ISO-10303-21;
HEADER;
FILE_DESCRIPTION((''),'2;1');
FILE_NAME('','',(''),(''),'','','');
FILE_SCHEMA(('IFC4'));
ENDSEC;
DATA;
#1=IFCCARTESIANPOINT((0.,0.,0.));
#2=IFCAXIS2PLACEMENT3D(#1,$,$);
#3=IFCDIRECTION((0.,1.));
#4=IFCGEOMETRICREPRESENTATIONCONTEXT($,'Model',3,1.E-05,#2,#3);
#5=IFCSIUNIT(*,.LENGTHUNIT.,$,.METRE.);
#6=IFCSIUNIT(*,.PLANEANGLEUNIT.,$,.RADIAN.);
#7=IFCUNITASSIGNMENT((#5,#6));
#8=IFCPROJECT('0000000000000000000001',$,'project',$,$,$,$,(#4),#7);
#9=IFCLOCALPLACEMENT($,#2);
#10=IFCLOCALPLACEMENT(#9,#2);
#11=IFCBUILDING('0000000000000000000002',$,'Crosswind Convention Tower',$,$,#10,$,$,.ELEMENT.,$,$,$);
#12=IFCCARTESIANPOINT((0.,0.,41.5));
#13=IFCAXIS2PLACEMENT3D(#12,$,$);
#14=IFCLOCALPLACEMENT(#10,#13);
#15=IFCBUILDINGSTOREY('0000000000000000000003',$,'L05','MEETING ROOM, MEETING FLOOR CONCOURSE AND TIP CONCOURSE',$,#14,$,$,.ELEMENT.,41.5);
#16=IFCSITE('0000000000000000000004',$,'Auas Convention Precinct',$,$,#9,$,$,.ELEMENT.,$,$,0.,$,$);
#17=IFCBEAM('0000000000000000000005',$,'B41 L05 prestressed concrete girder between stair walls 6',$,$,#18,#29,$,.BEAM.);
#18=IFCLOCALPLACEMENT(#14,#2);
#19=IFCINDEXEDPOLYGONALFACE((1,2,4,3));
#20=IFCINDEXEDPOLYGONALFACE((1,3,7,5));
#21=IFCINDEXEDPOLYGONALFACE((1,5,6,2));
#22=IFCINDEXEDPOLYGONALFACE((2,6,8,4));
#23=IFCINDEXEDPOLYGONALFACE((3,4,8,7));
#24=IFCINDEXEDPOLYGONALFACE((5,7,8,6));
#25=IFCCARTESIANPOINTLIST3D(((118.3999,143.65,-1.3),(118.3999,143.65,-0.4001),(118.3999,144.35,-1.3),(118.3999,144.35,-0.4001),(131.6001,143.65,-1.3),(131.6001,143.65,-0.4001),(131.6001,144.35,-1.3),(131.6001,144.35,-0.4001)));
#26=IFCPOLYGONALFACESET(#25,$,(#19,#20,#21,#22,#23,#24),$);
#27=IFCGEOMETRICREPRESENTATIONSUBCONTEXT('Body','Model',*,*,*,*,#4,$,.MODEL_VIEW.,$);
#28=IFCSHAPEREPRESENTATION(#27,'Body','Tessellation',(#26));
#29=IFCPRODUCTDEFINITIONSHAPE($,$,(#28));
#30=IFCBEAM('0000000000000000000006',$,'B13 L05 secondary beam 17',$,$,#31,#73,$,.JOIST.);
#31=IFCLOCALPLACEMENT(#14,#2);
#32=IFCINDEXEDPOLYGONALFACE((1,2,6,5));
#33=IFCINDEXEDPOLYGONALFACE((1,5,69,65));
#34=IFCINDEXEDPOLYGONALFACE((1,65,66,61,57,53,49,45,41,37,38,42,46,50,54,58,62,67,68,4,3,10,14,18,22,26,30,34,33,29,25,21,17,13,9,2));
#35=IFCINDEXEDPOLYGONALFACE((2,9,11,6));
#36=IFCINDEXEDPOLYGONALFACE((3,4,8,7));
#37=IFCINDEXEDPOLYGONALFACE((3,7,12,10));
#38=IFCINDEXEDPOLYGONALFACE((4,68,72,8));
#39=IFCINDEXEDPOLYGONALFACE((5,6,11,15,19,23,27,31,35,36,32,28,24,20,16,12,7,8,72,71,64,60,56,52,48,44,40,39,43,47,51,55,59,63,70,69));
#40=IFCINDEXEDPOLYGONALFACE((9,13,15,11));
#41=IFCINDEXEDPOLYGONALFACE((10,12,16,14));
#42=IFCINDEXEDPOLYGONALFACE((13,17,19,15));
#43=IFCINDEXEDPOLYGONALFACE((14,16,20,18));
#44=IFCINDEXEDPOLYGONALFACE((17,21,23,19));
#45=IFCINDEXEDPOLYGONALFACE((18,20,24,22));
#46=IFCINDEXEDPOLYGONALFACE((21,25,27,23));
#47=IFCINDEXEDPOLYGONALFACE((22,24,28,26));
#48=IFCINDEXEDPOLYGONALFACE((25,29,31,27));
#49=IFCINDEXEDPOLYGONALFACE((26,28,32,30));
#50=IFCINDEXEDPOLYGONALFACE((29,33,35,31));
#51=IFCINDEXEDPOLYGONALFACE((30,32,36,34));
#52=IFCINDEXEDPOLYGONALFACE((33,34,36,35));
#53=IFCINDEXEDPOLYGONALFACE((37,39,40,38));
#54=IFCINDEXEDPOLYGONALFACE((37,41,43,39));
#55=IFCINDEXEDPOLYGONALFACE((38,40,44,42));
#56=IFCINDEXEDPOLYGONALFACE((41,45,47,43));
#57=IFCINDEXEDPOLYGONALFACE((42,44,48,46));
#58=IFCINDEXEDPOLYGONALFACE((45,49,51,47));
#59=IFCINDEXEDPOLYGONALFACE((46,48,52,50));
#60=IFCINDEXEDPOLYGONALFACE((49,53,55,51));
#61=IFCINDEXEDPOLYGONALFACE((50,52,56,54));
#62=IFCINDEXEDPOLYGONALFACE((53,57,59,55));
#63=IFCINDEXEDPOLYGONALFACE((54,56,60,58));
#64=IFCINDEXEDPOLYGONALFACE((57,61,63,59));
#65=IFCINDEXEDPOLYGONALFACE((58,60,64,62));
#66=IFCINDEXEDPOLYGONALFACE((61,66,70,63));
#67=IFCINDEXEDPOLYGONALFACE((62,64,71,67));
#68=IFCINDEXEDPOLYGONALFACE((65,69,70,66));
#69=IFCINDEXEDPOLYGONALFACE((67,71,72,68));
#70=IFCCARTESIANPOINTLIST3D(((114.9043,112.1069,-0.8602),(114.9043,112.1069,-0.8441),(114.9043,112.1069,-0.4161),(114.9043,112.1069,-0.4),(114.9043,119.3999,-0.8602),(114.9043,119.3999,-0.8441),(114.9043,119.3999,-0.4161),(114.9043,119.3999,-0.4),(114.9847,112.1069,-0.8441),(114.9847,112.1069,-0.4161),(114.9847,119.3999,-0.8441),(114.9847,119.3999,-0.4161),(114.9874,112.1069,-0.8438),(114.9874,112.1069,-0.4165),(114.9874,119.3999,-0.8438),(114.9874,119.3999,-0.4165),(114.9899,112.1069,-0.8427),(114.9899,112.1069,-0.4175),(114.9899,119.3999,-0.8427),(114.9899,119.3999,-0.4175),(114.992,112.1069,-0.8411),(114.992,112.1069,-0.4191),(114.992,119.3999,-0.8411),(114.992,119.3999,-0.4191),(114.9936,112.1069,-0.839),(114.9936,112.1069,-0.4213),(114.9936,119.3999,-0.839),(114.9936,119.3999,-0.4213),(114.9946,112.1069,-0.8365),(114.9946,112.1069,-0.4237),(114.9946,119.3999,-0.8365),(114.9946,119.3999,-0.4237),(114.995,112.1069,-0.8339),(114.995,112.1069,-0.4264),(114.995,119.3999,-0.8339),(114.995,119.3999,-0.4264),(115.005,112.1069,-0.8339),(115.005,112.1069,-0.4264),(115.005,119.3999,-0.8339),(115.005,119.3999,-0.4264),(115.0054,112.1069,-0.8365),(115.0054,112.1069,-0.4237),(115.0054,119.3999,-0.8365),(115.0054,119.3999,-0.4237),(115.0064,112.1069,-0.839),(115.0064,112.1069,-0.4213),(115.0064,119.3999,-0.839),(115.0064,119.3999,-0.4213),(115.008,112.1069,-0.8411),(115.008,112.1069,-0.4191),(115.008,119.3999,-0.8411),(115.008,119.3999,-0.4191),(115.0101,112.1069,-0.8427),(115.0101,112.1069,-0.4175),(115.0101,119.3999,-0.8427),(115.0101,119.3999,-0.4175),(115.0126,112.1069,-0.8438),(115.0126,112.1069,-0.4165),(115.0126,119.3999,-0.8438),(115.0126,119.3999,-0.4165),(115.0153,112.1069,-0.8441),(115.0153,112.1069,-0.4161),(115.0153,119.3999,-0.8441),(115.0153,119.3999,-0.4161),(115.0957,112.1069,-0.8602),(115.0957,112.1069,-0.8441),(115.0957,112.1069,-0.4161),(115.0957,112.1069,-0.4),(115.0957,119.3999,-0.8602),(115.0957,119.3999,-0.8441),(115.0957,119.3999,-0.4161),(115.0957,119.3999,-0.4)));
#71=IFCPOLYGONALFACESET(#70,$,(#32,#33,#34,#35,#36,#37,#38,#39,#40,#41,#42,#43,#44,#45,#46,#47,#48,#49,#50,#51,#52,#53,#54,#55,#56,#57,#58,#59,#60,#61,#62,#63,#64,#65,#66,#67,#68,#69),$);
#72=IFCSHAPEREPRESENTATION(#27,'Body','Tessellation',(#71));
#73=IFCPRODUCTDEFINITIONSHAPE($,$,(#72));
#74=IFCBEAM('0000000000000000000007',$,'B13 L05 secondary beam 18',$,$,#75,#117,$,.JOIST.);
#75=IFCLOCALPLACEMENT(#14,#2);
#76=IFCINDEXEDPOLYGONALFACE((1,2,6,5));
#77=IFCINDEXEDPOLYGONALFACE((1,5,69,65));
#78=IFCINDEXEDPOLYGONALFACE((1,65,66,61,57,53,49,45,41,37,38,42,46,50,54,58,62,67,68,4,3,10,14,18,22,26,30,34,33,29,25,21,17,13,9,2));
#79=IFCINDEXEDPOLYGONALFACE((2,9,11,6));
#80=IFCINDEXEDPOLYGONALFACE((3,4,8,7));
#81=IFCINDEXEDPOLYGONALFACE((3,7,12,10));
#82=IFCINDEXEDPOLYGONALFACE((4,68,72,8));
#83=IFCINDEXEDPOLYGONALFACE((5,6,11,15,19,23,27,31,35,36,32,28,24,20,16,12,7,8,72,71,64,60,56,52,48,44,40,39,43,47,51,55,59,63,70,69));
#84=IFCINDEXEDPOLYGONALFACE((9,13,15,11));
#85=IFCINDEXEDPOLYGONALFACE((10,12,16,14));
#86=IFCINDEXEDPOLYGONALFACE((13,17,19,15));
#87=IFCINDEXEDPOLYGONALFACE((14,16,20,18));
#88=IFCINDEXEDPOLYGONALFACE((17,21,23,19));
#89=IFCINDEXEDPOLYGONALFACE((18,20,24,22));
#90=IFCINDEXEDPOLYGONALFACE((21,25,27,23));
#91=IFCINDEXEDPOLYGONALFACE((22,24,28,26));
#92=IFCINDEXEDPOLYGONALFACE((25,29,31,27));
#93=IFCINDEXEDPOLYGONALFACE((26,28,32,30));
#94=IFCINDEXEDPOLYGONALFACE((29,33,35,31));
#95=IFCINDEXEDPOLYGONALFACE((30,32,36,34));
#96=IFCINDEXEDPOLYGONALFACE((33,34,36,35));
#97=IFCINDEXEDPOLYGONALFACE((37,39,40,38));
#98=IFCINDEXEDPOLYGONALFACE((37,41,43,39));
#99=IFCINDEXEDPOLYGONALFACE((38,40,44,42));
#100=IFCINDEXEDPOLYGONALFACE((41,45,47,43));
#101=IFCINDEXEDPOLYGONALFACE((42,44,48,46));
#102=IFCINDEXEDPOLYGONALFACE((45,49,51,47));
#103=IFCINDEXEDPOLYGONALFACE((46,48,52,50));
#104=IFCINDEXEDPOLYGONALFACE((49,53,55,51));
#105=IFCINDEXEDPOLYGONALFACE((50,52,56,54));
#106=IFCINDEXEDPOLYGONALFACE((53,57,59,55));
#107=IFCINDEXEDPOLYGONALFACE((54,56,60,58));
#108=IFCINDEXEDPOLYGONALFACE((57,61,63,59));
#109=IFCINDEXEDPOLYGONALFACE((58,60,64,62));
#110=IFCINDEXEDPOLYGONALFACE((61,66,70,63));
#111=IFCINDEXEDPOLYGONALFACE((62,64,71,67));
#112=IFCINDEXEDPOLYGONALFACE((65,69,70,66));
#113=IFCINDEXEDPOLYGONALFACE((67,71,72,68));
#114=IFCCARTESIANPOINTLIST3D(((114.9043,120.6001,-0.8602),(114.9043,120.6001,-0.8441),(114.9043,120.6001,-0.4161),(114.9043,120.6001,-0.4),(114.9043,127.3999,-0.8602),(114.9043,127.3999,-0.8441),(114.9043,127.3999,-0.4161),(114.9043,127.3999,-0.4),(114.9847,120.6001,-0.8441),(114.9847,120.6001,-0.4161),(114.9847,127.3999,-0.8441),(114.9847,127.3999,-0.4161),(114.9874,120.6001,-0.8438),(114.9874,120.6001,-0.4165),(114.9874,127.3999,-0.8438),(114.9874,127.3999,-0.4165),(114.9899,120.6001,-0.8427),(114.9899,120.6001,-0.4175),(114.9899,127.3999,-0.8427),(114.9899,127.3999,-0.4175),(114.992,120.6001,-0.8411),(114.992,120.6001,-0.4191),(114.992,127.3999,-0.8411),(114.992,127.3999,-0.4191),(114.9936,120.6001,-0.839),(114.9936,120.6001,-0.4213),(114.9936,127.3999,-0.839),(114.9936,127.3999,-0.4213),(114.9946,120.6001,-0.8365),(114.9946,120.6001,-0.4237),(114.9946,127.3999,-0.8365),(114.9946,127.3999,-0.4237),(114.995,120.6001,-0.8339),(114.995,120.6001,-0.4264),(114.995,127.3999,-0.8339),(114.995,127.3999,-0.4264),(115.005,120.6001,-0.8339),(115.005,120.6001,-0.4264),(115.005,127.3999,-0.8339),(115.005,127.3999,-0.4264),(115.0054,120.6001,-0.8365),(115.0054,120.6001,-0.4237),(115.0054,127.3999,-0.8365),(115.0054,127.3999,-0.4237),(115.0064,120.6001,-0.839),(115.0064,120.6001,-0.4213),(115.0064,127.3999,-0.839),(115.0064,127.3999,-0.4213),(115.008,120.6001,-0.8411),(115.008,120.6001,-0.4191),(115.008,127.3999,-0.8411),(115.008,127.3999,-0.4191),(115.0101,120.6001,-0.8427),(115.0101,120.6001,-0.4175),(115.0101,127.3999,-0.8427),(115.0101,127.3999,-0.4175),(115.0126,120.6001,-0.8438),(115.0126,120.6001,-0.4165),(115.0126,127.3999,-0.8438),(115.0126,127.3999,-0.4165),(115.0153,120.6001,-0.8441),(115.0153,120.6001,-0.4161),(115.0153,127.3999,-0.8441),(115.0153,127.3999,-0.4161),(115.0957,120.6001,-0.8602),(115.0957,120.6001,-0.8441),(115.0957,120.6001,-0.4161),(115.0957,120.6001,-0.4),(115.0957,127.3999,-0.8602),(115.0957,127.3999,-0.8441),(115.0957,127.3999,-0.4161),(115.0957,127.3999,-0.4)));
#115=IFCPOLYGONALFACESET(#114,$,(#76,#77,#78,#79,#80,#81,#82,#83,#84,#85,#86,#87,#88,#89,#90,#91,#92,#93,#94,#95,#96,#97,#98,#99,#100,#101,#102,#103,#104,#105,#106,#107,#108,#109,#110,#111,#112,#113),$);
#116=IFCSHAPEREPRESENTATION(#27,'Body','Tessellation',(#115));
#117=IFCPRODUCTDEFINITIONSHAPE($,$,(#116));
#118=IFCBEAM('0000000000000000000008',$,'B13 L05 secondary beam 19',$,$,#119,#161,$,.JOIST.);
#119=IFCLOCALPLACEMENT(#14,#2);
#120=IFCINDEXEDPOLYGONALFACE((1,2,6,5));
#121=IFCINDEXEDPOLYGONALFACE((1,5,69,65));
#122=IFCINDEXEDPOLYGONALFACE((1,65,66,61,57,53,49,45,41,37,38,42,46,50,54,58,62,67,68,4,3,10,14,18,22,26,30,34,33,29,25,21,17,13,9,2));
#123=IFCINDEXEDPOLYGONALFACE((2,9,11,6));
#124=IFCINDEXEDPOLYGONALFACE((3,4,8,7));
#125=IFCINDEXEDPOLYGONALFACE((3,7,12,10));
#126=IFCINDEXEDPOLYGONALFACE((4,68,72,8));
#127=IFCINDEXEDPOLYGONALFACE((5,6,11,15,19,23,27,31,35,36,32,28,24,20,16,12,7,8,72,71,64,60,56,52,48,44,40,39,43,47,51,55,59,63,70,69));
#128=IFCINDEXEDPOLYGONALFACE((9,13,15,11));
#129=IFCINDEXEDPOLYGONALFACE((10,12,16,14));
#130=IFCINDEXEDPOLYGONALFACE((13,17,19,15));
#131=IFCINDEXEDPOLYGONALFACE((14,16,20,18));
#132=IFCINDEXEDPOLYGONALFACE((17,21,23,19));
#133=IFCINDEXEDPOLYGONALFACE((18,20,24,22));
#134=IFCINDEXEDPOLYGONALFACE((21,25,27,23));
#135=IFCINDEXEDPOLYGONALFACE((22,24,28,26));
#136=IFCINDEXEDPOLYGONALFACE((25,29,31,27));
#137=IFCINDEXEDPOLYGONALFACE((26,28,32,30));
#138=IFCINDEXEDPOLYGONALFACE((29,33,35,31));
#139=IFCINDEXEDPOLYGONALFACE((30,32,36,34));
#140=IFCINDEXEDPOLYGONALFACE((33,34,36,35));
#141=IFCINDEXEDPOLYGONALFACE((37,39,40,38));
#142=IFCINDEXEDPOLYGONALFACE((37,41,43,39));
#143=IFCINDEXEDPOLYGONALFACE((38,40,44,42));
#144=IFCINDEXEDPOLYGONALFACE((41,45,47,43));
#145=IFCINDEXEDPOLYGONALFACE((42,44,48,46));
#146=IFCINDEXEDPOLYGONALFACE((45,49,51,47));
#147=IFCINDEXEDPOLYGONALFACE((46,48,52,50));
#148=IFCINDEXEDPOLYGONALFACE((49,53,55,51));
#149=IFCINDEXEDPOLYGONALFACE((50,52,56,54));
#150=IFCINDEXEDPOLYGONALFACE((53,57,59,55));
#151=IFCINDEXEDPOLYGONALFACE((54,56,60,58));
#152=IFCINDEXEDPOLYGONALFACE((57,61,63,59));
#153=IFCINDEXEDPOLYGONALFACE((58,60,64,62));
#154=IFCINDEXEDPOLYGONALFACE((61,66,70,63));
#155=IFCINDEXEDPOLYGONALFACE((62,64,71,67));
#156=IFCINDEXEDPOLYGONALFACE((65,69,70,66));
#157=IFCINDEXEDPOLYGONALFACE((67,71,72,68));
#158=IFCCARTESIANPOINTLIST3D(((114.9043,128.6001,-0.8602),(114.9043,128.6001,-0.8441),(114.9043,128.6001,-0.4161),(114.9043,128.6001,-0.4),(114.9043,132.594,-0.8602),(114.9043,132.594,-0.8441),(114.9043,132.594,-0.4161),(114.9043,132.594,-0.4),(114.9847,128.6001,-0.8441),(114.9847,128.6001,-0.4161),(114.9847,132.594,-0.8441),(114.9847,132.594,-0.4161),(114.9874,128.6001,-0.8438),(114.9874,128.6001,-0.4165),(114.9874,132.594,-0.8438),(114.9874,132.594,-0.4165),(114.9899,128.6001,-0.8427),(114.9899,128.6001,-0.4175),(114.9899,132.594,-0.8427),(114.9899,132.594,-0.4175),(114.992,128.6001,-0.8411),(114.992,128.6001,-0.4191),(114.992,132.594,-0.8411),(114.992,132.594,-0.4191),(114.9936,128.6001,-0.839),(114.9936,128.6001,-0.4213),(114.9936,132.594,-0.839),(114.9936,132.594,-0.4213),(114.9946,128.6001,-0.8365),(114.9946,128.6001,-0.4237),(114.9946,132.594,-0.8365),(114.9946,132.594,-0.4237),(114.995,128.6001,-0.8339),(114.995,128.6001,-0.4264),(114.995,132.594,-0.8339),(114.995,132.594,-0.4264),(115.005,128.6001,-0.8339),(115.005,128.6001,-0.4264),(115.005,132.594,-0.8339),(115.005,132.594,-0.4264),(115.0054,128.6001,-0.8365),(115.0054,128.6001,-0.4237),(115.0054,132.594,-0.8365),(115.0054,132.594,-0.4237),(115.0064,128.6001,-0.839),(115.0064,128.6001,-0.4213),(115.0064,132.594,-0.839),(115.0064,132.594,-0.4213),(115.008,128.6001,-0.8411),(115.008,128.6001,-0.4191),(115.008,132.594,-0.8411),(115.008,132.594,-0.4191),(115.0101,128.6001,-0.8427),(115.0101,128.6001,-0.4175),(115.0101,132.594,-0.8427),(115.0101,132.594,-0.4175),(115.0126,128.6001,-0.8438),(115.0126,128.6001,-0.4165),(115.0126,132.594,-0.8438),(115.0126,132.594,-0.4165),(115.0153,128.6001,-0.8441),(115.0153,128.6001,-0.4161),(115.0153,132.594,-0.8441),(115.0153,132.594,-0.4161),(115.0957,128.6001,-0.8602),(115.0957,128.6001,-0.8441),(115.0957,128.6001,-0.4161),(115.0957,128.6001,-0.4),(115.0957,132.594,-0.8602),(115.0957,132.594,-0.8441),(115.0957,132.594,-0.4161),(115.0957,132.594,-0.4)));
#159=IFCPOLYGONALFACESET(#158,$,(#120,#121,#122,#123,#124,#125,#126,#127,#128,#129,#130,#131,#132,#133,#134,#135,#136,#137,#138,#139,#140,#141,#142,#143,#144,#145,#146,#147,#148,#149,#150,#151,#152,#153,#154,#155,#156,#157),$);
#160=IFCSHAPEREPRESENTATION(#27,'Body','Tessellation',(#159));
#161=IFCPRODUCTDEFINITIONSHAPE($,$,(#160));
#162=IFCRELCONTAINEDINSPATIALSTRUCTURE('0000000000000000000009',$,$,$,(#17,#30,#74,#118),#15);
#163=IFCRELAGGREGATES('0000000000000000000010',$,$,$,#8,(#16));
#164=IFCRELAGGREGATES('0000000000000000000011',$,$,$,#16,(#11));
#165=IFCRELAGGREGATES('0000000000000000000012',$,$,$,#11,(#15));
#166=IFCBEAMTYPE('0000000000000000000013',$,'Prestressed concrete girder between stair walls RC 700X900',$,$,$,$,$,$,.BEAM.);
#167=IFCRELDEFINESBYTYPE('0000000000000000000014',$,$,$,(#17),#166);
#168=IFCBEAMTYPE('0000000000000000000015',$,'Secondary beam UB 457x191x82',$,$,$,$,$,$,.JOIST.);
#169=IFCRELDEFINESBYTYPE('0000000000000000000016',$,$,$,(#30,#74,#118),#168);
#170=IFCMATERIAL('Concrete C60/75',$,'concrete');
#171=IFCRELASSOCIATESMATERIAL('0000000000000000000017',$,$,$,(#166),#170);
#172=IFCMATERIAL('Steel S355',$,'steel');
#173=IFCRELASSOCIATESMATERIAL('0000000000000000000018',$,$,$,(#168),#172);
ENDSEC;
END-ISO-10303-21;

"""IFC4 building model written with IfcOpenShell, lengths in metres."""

from ifc_helpers import new_model, si_unit, direction, frame, origin, origin_2d, place, context, subcontext, project, spatial, rectangle, i_section, extrude, material, material_profile, profile_set, type_object, element, save


model = new_model("IFC4")

# Units and contexts
model_context = context("Model", 3, precision=1e-05, world=origin(), true_north=direction((0.0, 1.0)))
body_context = subcontext(model_context, "Body", "Model", "MODEL_VIEW")
ifc_project = project(units=[si_unit("LENGTHUNIT", "METRE"), si_unit("PLANEANGLEUNIT", "RADIAN")], contexts=[model_context])

# Site, building, storey
site_placement = place(None, origin())
site = spatial("IfcSite", under=ifc_project, at=site_placement, Name="Auas Convention Precinct", CompositionType="ELEMENT", RefElevation=0.0)
building_placement = place(site_placement, origin())
building = spatial("IfcBuilding", under=site, at=building_placement, Name="Crosswind Convention Tower", CompositionType="ELEMENT")
storey_placement = place(building_placement, frame((0.0, 0.0, 41.5)))
storey = spatial("IfcBuildingStorey", under=building, at=storey_placement, Name="L05", Description="MEETING ROOM, MEETING FLOOR CONCOURSE AND TIP CONCOURSE", CompositionType="ELEMENT", Elevation=41.5)

# Shared definitions
ifc_material_1 = material(Name="Concrete C60/75", Category="concrete")

# Shared definitions
ifc_material_2 = material(Name="Steel S355", Category="steel")

# Beams
ifc_material_profile_1 = material_profile(ifc_material_1, rectangle(XDim=0.7, YDim=0.8999, at=origin_2d()), Name="RC 700X900")
ifc_profile_set_1 = profile_set([ifc_material_profile_1], Name="Concrete C60/75")
beam_type_1 = type_object("IfcBeamType", Name="Prestressed concrete girder between stair walls RC 700X900", PredefinedType="BEAM", material=ifc_profile_set_1)
for number, where, z_axis, x_axis, name in (
    (1, (118.3999, 144.0, -0.8501), (1.0, 0.0, 0.0), (0.0, 1.0, 0.0), "B41 L05 prestressed concrete girder between stair walls 6"),
):
    element("IfcBeam", number, at=place(storey_placement, frame(where, z_axis=z_axis, x_axis=x_axis)), inside=storey, type_object=beam_type_1, Name=name, PredefinedType="BEAM", context=body_context, shape_type="SweptSolid", body=[
        extrude(rectangle(XDim=0.7, YDim=0.8999, at=origin_2d()), origin(), (0.0, 0.0, 1.0), 13.2002),
    ])
ifc_material_profile_2 = material_profile(ifc_material_2, i_section(OverallWidth=0.1914, OverallDepth=0.4602, WebThickness=0.01, FlangeThickness=0.0161, FilletRadius=0.0103, at=origin_2d()), Name="UB 457x191x82")
ifc_profile_set_2 = profile_set([ifc_material_profile_2], Name="Steel S355")
beam_type_2 = type_object("IfcBeamType", Name="Secondary beam UB 457x191x82", PredefinedType="JOIST", material=ifc_profile_set_2)
beam_1_placement = place(storey_placement, frame((115.0, 112.1069, -0.6301), z_axis=(0.0, 1.0, 0.0), x_axis=(-1.0, 0.0, 0.0)))
element("IfcBeam", 2, at=beam_1_placement, inside=storey, type_object=beam_type_2, Name="B13 L05 secondary beam 17", PredefinedType="JOIST", context=body_context, shape_type="SweptSolid", body=[
    extrude(i_section(OverallWidth=0.1914, OverallDepth=0.4602, WebThickness=0.01, FlangeThickness=0.0161, FilletRadius=0.0103, at=origin_2d()), origin(), (0.0, 0.0, 1.0), 7.293),
])
beam_2_placement = place(storey_placement, frame((115.0, 120.6001, -0.6301), z_axis=(0.0, 1.0, 0.0), x_axis=(-1.0, 0.0, 0.0)))
element("IfcBeam", 3, at=beam_2_placement, inside=storey, type_object=beam_type_2, Name="B13 L05 secondary beam 18", PredefinedType="JOIST", context=body_context, shape_type="SweptSolid", body=[
    extrude(i_section(OverallWidth=0.1914, OverallDepth=0.4602, WebThickness=0.01, FlangeThickness=0.0161, FilletRadius=0.0103, at=origin_2d()), origin(), (0.0, 0.0, 1.0), 6.7998),
])
beam_3_placement = place(storey_placement, frame((115.0, 128.6001, -0.6301), z_axis=(0.0, 1.0, 0.0), x_axis=(-1.0, 0.0, 0.0)))
element("IfcBeam", 4, at=beam_3_placement, inside=storey, type_object=beam_type_2, Name="B13 L05 secondary beam 19", PredefinedType="JOIST", context=body_context, shape_type="SweptSolid", body=[
    extrude(i_section(OverallWidth=0.1914, OverallDepth=0.4602, WebThickness=0.01, FlangeThickness=0.0161, FilletRadius=0.0103, at=origin_2d()), origin(), (0.0, 0.0, 1.0), 3.9939),
])

save(model, "model.ifc")
